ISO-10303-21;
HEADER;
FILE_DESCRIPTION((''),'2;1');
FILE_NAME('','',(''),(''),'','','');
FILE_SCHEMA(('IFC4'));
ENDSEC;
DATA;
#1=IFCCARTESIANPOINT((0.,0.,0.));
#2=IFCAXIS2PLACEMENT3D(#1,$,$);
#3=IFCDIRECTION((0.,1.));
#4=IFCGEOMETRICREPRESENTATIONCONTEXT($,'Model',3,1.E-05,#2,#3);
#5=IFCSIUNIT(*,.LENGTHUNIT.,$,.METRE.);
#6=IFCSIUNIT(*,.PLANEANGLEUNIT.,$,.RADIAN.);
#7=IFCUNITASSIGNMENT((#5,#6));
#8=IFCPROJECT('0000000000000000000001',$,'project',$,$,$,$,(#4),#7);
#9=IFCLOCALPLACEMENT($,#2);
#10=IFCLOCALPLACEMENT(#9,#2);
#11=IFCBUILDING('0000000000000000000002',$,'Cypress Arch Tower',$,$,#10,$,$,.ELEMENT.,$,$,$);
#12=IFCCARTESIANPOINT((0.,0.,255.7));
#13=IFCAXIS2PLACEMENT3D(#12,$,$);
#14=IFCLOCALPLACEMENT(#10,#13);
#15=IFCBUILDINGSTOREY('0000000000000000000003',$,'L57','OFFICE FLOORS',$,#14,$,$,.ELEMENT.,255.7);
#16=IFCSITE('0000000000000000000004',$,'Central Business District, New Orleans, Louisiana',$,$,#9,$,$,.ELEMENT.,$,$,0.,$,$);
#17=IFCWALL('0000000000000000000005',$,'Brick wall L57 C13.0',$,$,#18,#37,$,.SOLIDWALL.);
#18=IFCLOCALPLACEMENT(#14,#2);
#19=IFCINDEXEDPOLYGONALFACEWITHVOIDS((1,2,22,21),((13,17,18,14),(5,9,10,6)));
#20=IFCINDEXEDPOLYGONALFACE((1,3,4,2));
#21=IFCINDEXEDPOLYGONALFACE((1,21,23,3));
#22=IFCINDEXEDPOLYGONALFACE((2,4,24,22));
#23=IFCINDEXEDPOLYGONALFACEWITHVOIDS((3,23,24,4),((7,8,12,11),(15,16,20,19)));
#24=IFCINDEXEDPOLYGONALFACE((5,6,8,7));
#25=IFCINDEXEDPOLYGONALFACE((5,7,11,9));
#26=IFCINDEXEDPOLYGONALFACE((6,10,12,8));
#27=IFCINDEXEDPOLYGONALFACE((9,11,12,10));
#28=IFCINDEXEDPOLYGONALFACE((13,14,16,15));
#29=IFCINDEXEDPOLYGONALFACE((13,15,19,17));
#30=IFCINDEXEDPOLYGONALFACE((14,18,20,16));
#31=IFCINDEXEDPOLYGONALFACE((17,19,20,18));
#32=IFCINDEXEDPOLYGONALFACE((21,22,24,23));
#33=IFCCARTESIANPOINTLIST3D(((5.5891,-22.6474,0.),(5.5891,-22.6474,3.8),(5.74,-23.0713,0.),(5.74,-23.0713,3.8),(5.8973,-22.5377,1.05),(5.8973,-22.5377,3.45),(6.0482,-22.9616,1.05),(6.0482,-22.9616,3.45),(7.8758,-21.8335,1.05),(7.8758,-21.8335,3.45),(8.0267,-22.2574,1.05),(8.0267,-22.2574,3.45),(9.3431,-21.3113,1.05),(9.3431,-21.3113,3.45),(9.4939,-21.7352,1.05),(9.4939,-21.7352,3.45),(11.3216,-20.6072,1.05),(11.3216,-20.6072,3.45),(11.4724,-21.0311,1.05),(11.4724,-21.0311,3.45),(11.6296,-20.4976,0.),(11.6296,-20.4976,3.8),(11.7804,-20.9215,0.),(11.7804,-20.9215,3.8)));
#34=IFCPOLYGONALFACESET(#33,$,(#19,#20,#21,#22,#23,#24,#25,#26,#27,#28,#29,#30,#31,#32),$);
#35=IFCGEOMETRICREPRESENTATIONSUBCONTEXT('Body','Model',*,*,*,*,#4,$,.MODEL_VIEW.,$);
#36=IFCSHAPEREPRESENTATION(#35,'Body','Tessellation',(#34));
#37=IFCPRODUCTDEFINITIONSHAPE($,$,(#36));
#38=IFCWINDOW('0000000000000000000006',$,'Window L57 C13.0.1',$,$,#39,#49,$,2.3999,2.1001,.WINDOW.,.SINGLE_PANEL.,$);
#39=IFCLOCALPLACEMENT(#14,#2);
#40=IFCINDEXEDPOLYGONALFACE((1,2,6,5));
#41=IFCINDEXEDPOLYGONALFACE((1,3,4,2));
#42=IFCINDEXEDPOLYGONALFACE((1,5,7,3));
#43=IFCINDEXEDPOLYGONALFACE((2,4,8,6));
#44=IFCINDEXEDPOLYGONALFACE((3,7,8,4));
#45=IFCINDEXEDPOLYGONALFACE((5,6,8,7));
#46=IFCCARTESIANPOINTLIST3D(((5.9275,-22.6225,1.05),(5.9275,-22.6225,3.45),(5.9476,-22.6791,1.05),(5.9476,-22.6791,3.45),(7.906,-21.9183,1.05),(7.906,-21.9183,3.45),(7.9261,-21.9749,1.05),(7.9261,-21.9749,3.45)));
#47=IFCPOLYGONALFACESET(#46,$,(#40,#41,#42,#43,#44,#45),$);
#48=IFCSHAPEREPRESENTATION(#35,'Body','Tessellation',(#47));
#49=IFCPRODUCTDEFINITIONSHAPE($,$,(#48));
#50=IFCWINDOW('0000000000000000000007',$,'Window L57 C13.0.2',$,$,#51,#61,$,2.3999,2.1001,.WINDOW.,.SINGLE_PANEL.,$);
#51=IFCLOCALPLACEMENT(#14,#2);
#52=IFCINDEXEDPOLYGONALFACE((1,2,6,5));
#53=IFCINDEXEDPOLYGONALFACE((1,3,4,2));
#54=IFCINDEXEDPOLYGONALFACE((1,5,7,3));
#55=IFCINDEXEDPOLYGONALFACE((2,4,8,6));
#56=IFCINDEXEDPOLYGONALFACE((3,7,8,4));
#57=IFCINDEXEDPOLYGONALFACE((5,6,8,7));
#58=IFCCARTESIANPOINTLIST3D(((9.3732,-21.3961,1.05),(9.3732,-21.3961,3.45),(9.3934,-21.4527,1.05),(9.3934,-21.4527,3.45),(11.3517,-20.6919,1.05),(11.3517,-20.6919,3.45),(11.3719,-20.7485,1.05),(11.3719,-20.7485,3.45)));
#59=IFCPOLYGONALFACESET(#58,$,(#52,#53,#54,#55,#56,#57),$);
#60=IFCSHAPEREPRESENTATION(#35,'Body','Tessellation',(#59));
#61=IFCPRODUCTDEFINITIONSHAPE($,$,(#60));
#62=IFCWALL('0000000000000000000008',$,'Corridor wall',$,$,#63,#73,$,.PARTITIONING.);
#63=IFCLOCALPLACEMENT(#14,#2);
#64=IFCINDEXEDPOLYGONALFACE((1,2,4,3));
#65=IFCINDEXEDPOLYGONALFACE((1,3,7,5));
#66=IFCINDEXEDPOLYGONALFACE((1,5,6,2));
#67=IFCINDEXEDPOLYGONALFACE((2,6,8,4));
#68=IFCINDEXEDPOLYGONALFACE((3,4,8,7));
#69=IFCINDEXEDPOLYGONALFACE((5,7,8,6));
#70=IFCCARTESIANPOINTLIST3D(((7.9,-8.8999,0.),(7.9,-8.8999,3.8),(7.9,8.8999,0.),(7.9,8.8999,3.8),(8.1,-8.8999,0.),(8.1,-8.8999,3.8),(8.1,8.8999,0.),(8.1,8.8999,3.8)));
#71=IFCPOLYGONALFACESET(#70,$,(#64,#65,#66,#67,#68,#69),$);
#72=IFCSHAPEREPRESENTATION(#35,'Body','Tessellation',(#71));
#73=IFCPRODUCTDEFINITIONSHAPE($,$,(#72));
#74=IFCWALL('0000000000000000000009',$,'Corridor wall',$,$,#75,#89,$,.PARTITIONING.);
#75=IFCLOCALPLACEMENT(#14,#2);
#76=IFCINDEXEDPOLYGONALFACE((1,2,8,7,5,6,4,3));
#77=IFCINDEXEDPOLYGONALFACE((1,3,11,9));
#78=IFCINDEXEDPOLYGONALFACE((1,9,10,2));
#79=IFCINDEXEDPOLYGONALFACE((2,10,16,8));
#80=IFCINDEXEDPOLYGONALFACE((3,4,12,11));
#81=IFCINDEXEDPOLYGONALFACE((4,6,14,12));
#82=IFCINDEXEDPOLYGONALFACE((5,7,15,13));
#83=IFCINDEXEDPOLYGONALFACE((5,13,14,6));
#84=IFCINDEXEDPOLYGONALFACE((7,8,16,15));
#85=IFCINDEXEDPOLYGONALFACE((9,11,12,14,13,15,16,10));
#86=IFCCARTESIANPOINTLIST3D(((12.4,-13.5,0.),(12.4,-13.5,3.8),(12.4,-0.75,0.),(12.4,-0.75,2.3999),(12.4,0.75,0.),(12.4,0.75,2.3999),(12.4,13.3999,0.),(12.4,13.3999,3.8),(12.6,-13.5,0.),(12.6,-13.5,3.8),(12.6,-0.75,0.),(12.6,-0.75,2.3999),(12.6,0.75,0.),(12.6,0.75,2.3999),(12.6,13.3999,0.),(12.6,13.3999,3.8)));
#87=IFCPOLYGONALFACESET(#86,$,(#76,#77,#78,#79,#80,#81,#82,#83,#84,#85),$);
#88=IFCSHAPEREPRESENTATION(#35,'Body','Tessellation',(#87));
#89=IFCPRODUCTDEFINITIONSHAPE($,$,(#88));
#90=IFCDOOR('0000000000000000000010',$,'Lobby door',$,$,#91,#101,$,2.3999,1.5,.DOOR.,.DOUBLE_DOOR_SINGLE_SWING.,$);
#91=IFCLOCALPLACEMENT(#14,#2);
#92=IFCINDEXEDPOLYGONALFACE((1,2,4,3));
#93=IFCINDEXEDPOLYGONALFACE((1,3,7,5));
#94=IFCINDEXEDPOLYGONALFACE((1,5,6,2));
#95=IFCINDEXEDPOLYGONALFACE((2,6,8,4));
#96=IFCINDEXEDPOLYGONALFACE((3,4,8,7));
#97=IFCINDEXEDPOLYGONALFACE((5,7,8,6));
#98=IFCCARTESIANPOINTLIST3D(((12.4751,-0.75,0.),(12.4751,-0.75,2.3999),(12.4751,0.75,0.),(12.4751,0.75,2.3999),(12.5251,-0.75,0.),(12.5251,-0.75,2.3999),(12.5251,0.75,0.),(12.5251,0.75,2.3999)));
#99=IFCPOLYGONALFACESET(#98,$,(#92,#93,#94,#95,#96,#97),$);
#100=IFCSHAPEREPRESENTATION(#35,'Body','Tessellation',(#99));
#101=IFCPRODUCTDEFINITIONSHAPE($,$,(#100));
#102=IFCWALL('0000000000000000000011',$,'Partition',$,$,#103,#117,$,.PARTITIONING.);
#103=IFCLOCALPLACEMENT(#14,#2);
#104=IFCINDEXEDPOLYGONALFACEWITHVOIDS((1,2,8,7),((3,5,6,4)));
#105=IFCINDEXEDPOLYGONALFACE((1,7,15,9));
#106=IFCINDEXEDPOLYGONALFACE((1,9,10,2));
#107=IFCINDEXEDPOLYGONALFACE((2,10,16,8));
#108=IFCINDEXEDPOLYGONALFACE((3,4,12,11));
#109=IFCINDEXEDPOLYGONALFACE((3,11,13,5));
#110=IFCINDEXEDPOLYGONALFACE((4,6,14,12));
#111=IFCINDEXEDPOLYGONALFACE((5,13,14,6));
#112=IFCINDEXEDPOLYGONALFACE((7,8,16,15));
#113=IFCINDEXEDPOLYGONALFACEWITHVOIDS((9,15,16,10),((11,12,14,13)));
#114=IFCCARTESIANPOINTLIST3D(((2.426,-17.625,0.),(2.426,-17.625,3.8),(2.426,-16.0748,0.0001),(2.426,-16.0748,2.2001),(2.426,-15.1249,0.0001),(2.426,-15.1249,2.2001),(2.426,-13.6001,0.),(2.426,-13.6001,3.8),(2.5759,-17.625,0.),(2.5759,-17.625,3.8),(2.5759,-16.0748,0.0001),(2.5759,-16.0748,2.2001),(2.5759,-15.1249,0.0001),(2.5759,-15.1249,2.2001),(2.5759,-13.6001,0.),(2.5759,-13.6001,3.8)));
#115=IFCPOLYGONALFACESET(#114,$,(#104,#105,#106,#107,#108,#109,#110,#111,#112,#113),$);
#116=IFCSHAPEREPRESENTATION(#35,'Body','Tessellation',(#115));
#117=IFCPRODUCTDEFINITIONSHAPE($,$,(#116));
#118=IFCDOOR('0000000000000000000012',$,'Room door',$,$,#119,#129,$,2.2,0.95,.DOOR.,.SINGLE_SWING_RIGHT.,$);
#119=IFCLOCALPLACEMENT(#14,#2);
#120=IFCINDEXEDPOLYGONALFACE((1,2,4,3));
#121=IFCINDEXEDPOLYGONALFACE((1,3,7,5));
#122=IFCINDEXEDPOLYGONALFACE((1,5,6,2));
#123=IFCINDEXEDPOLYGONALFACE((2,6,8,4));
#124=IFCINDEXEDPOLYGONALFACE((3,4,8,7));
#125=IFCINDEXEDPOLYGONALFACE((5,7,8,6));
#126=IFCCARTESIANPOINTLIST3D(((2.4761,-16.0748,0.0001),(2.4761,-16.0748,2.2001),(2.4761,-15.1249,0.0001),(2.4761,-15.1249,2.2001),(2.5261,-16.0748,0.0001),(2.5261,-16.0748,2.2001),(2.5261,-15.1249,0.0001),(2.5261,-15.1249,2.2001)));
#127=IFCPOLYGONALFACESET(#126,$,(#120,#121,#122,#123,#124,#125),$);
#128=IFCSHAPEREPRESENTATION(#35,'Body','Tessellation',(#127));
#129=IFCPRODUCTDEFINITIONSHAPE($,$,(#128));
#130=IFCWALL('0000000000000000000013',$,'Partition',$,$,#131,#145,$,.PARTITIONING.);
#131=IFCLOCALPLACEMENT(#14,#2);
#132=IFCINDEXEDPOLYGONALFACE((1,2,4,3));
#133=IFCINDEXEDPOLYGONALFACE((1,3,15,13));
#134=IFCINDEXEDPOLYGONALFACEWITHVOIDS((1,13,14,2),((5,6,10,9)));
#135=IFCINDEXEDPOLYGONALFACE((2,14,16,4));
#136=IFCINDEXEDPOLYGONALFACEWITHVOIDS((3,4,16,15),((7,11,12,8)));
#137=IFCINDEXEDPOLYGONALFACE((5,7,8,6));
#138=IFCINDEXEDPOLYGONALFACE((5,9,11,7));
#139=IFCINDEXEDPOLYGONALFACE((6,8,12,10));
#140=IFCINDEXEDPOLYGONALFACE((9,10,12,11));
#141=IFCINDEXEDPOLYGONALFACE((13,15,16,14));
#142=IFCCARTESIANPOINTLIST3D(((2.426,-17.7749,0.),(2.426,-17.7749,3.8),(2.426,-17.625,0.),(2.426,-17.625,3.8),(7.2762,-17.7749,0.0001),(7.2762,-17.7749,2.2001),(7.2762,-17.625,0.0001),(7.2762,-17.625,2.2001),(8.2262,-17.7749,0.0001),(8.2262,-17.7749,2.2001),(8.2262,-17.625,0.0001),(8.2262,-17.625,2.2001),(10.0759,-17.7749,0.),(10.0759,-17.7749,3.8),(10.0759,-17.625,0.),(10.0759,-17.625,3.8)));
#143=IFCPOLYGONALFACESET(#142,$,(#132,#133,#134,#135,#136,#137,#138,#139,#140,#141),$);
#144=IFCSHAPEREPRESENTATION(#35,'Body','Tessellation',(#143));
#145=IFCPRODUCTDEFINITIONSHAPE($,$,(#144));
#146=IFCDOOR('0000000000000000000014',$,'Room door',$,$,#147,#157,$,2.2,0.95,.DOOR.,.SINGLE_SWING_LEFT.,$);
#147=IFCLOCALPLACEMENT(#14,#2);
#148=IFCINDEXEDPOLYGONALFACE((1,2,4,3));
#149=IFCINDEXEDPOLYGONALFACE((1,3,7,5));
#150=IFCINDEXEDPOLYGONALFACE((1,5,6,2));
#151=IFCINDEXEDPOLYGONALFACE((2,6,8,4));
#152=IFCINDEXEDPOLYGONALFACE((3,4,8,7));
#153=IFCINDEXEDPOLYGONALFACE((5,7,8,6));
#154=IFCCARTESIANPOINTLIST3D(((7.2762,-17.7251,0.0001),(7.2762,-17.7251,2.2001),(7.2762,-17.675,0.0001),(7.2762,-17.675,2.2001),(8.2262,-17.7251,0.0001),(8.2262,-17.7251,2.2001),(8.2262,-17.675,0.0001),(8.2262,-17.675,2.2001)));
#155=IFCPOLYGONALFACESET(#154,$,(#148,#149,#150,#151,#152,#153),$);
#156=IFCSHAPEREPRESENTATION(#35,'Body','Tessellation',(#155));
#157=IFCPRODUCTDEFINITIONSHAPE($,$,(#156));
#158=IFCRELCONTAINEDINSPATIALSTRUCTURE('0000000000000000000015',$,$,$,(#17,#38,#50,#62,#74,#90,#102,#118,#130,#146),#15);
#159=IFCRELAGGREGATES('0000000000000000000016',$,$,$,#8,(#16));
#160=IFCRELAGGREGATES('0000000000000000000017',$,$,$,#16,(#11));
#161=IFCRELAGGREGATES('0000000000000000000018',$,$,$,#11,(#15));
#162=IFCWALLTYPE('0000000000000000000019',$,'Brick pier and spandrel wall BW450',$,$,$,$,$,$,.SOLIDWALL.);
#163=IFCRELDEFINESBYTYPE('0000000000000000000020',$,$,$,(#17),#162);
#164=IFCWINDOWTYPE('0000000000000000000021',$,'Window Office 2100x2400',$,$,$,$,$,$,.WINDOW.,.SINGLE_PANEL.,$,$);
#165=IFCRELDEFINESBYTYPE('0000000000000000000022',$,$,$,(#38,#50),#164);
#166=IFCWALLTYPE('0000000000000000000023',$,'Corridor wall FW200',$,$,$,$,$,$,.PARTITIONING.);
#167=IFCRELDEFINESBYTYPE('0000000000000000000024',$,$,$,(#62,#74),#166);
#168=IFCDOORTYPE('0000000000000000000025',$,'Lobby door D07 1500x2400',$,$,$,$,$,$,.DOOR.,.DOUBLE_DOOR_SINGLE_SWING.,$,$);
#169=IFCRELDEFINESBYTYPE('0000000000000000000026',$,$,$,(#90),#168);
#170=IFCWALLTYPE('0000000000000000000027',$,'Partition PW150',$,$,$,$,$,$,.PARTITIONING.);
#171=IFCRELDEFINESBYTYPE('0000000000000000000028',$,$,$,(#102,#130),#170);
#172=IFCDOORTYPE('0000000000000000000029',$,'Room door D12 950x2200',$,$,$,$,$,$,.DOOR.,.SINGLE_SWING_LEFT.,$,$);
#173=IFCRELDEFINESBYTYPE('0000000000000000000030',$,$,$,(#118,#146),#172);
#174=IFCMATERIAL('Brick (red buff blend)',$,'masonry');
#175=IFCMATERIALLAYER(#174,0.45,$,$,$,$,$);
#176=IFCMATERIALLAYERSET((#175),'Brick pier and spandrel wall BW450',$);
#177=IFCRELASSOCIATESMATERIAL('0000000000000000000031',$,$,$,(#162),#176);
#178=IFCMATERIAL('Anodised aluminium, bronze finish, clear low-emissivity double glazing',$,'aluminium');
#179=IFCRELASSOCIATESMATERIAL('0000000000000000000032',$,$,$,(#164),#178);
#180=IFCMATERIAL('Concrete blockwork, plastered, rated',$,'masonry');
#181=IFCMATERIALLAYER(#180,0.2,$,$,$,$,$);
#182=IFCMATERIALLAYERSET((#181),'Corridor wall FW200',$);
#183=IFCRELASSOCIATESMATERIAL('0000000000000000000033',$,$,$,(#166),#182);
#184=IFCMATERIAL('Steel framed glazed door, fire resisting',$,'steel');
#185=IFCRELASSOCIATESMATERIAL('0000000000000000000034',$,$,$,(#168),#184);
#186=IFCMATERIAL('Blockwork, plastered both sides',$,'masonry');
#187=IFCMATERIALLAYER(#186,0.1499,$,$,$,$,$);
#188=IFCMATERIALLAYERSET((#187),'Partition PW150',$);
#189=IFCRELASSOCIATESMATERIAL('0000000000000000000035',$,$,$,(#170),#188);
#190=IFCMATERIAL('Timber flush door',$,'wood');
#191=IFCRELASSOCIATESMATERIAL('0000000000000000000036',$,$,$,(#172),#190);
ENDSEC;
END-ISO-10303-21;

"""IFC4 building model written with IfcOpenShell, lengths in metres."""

from ifc_helpers import new_model, si_unit, direction, frame, frame_2d, origin, place, context, subcontext, project, spatial, rectangle, extrude, material, layer, layer_set, type_object, element, fill, save


model = new_model("IFC4")

# Units and contexts
model_context = context("Model", 3, precision=1e-05, world=origin(), true_north=direction((0.0, 1.0)))
body_context = subcontext(model_context, "Body", "Model", "MODEL_VIEW")
ifc_project = project(units=[si_unit("LENGTHUNIT", "METRE"), si_unit("PLANEANGLEUNIT", "RADIAN")], contexts=[model_context])

# Site, building, storey
site_placement = place(None, origin())
site = spatial("IfcSite", under=ifc_project, at=site_placement, Name="Central Business District, New Orleans, Louisiana", CompositionType="ELEMENT", RefElevation=0.0)
building_placement = place(site_placement, origin())
building = spatial("IfcBuilding", under=site, at=building_placement, Name="Cypress Arch Tower", CompositionType="ELEMENT")
storey_placement = place(building_placement, frame((0.0, 0.0, 255.7)))
storey = spatial("IfcBuildingStorey", under=building, at=storey_placement, Name="L57", Description="OFFICE FLOORS", CompositionType="ELEMENT", Elevation=255.7)

# Wall, openings, windows
ifc_material_1 = material(Name="Brick (red buff blend)", Category="masonry")
ifc_layer_1 = layer(ifc_material_1, 0.45)
ifc_layer_set_1 = layer_set([ifc_layer_1], Name="Brick pier and spandrel wall BW450")
wall_type_1 = type_object("IfcWallType", Name="Brick pier and spandrel wall BW450", PredefinedType="SOLIDWALL", material=ifc_layer_set_1)
wall_1_placement = place(storey_placement, frame((5.6646, -22.8594, 0.0), z_axis=(0.0, 0.0, 1.0), x_axis=(0.942108, 0.335309, 0.0)))
wall_1 = element("IfcWall", 1, at=wall_1_placement, inside=storey, type_object=wall_type_1, Name="Brick wall L57 C13.0", PredefinedType="SOLIDWALL", context=body_context, shape_type="SweptSolid", body=[
    extrude(rectangle(XDim=6.4116, YDim=0.45, at=frame_2d((3.2058, 0.0))), origin(), (0.0, 0.0, 1.0), 3.8),
])
opening_1_placement = place(wall_1_placement, frame((0.3271, 0.0, 1.05)))
opening_1 = element("IfcOpeningElement", 2, at=opening_1_placement, cuts=wall_1, PredefinedType="OPENING", context=body_context, shape_type="SweptSolid", body=[
    extrude(rectangle(XDim=2.1001, YDim=2.3999, at=frame_2d((1.05, 1.2))), frame((0.0, 0.2349, 0.0), z_axis=(0.0, -1.0, 0.0), x_axis=(1.0, 0.0, 0.0)), (0.0, 0.0, 1.0), 0.47),
])
opening_2_placement = place(wall_1_placement, frame((3.9846, 0.0, 1.05)))
opening_2 = element("IfcOpeningElement", 3, at=opening_2_placement, cuts=wall_1, PredefinedType="OPENING", context=body_context, shape_type="SweptSolid", body=[
    extrude(rectangle(XDim=2.1001, YDim=2.3999, at=frame_2d((1.05, 1.2))), frame((0.0, 0.2349, 0.0), z_axis=(0.0, -1.0, 0.0), x_axis=(1.0, 0.0, 0.0)), (0.0, 0.0, 1.0), 0.47),
])
ifc_material_2 = material(Name="Anodised aluminium, bronze finish, clear low-emissivity double glazing", Category="aluminium")
window_type = type_object("IfcWindowType", Name="Window Office 2100x2400", PartitioningType="SINGLE_PANEL", PredefinedType="WINDOW", material=ifc_material_2)
window_1_placement = place(opening_1_placement, origin())
window_1 = element("IfcWindow", 4, at=window_1_placement, inside=storey, type_object=window_type, Name="Window L57 C13.0.1", OverallHeight=2.3999, OverallWidth=2.1001, PartitioningType="SINGLE_PANEL", PredefinedType="WINDOW", context=body_context, shape_type="SweptSolid", body=[
    extrude(rectangle(XDim=2.1001, YDim=2.3999, at=frame_2d((1.05, 1.2))), frame((0.0, 0.135, 0.0), z_axis=(0.0, -1.0, 0.0), x_axis=(1.0, 0.0, 0.0)), (0.0, 0.0, 1.0), 0.0601),
])
fill(opening_1, window_1)
window_2_placement = place(opening_2_placement, origin())
window_2 = element("IfcWindow", 5, at=window_2_placement, inside=storey, type_object=window_type, Name="Window L57 C13.0.2", OverallHeight=2.3999, OverallWidth=2.1001, PartitioningType="SINGLE_PANEL", PredefinedType="WINDOW", context=body_context, shape_type="SweptSolid", body=[
    extrude(rectangle(XDim=2.1001, YDim=2.3999, at=frame_2d((1.05, 1.2))), frame((0.0, 0.135, 0.0), z_axis=(0.0, -1.0, 0.0), x_axis=(1.0, 0.0, 0.0)), (0.0, 0.0, 1.0), 0.0601),
])
fill(opening_2, window_2)

# Wall
ifc_material_3 = material(Name="Concrete blockwork, plastered, rated", Category="masonry")
ifc_layer_2 = layer(ifc_material_3, 0.2)
ifc_layer_set_2 = layer_set([ifc_layer_2], Name="Corridor wall FW200")
wall_type_2 = type_object("IfcWallType", Name="Corridor wall FW200", PredefinedType="PARTITIONING", material=ifc_layer_set_2)
wall_2_placement = place(storey_placement, frame((8.0, -8.8999, 0.0), z_axis=(0.0, 0.0, 1.0), x_axis=(0.0, 1.0, 0.0)))
element("IfcWall", 6, at=wall_2_placement, inside=storey, type_object=wall_type_2, Name="Corridor wall", PredefinedType="PARTITIONING", context=body_context, shape_type="SweptSolid", body=[
    extrude(rectangle(XDim=17.7998, YDim=0.2, at=frame_2d((8.8999, 0.0))), origin(), (0.0, 0.0, 1.0), 3.8),
])

# Walls, openings, doors
wall_3_placement = place(storey_placement, frame((12.5, -13.5, 0.0), z_axis=(0.0, 0.0, 1.0), x_axis=(0.0, 1.0, 0.0)))
wall_3 = element("IfcWall", 7, at=wall_3_placement, inside=storey, type_object=wall_type_2, Name="Corridor wall", PredefinedType="PARTITIONING", context=body_context, shape_type="SweptSolid", body=[
    extrude(rectangle(XDim=26.8999, YDim=0.2, at=frame_2d((13.45, 0.0))), origin(), (0.0, 0.0, 1.0), 3.8),
])
opening_3_placement = place(wall_3_placement, frame((12.75, 0.0, 0.0)))
opening_3 = element("IfcOpeningElement", 8, at=opening_3_placement, cuts=wall_3, PredefinedType="OPENING", context=body_context, shape_type="SweptSolid", body=[
    extrude(rectangle(XDim=1.5, YDim=2.3999, at=frame_2d((0.75, 1.2))), frame((0.0, 0.1099, 0.0), z_axis=(0.0, -1.0, 0.0), x_axis=(1.0, 0.0, 0.0)), (0.0, 0.0, 1.0), 0.22),
])
ifc_material_4 = material(Name="Steel framed glazed door, fire resisting", Category="steel")
door_type_1 = type_object("IfcDoorType", Name="Lobby door D07 1500x2400", OperationType="DOUBLE_DOOR_SINGLE_SWING", PredefinedType="DOOR", material=ifc_material_4)
door_1_placement = place(opening_3_placement, origin())
door_1 = element("IfcDoor", 9, at=door_1_placement, inside=storey, type_object=door_type_1, Name="Lobby door", OperationType="DOUBLE_DOOR_SINGLE_SWING", OverallHeight=2.3999, OverallWidth=1.5, PredefinedType="DOOR", context=body_context, shape_type="SweptSolid", body=[
    extrude(rectangle(XDim=1.5, YDim=2.3999, at=frame_2d((0.75, 1.2))), frame((0.0, 0.0249, 0.0), z_axis=(0.0, -1.0, 0.0), x_axis=(1.0, 0.0, 0.0)), (0.0, 0.0, 1.0), 0.05),
])
fill(opening_3, door_1)
ifc_material_5 = material(Name="Blockwork, plastered both sides", Category="masonry")
ifc_layer_3 = layer(ifc_material_5, 0.1499)
ifc_layer_set_3 = layer_set([ifc_layer_3], Name="Partition PW150")
wall_type_3 = type_object("IfcWallType", Name="Partition PW150", PredefinedType="PARTITIONING", material=ifc_layer_set_3)
wall_4_placement = place(storey_placement, frame((2.501, -17.625, 0.0), z_axis=(0.0, 0.0, 1.0), x_axis=(0.0, 1.0, 0.0)))
wall_4 = element("IfcWall", 10, at=wall_4_placement, inside=storey, type_object=wall_type_3, Name="Partition", PredefinedType="PARTITIONING", context=body_context, shape_type="SweptSolid", body=[
    extrude(rectangle(XDim=4.0249, YDim=0.1499, at=frame_2d((2.0125, 0.0))), origin(), (0.0, 0.0, 1.0), 3.8),
])
opening_4_placement = place(wall_4_placement, frame((1.55, 0.0, 0.0)))
opening_4 = element("IfcOpeningElement", 11, at=opening_4_placement, cuts=wall_4, PredefinedType="OPENING", context=body_context, shape_type="SweptSolid", body=[
    extrude(rectangle(XDim=0.95, YDim=2.2, at=frame_2d((0.4751, 1.1001))), frame((0.0, 0.085, 0.0), z_axis=(0.0, -1.0, 0.0), x_axis=(1.0, 0.0, 0.0)), (0.0, 0.0, 1.0), 0.1699),
])
ifc_material_6 = material(Name="Timber flush door", Category="wood")
door_type_2 = type_object("IfcDoorType", Name="Room door D12 950x2200", OperationType="SINGLE_SWING_LEFT", PredefinedType="DOOR", material=ifc_material_6)
door_2_placement = place(opening_4_placement, origin())
door_2 = element("IfcDoor", 12, at=door_2_placement, inside=storey, type_object=door_type_2, Name="Room door", OperationType="SINGLE_SWING_RIGHT", OverallHeight=2.2, OverallWidth=0.95, PredefinedType="DOOR", context=body_context, shape_type="SweptSolid", body=[
    extrude(rectangle(XDim=0.95, YDim=2.2, at=frame_2d((0.4751, 1.1001))), frame((0.0, 0.0249, 0.0), z_axis=(0.0, -1.0, 0.0), x_axis=(1.0, 0.0, 0.0)), (0.0, 0.0, 1.0), 0.05),
])
fill(opening_4, door_2)
wall_5_placement = place(storey_placement, frame((2.426, -17.7, 0.0), z_axis=(0.0, 0.0, 1.0), x_axis=(1.0, 0.0, 0.0)))
wall_5 = element("IfcWall", 13, at=wall_5_placement, inside=storey, type_object=wall_type_3, Name="Partition", PredefinedType="PARTITIONING", context=body_context, shape_type="SweptSolid", body=[
    extrude(rectangle(XDim=7.6499, YDim=0.1499, at=frame_2d((3.825, 0.0))), origin(), (0.0, 0.0, 1.0), 3.8),
])
opening_5_placement = place(wall_5_placement, frame((4.8501, 0.0, 0.0)))
opening_5 = element("IfcOpeningElement", 14, at=opening_5_placement, cuts=wall_5, PredefinedType="OPENING", context=body_context, shape_type="SweptSolid", body=[
    extrude(rectangle(XDim=0.95, YDim=2.2, at=frame_2d((0.4751, 1.1001))), frame((0.0, 0.085, 0.0), z_axis=(0.0, -1.0, 0.0), x_axis=(1.0, 0.0, 0.0)), (0.0, 0.0, 1.0), 0.1699),
])
door_3_placement = place(opening_5_placement, origin())
door_3 = element("IfcDoor", 15, at=door_3_placement, inside=storey, type_object=door_type_2, Name="Room door", OperationType="SINGLE_SWING_LEFT", OverallHeight=2.2, OverallWidth=0.95, PredefinedType="DOOR", context=body_context, shape_type="SweptSolid", body=[
    extrude(rectangle(XDim=0.95, YDim=2.2, at=frame_2d((0.4751, 1.1001))), frame((0.0, 0.0249, 0.0), z_axis=(0.0, -1.0, 0.0), x_axis=(1.0, 0.0, 0.0)), (0.0, 0.0, 1.0), 0.05),
])
fill(opening_5, door_3)

save(model, "model.ifc")
